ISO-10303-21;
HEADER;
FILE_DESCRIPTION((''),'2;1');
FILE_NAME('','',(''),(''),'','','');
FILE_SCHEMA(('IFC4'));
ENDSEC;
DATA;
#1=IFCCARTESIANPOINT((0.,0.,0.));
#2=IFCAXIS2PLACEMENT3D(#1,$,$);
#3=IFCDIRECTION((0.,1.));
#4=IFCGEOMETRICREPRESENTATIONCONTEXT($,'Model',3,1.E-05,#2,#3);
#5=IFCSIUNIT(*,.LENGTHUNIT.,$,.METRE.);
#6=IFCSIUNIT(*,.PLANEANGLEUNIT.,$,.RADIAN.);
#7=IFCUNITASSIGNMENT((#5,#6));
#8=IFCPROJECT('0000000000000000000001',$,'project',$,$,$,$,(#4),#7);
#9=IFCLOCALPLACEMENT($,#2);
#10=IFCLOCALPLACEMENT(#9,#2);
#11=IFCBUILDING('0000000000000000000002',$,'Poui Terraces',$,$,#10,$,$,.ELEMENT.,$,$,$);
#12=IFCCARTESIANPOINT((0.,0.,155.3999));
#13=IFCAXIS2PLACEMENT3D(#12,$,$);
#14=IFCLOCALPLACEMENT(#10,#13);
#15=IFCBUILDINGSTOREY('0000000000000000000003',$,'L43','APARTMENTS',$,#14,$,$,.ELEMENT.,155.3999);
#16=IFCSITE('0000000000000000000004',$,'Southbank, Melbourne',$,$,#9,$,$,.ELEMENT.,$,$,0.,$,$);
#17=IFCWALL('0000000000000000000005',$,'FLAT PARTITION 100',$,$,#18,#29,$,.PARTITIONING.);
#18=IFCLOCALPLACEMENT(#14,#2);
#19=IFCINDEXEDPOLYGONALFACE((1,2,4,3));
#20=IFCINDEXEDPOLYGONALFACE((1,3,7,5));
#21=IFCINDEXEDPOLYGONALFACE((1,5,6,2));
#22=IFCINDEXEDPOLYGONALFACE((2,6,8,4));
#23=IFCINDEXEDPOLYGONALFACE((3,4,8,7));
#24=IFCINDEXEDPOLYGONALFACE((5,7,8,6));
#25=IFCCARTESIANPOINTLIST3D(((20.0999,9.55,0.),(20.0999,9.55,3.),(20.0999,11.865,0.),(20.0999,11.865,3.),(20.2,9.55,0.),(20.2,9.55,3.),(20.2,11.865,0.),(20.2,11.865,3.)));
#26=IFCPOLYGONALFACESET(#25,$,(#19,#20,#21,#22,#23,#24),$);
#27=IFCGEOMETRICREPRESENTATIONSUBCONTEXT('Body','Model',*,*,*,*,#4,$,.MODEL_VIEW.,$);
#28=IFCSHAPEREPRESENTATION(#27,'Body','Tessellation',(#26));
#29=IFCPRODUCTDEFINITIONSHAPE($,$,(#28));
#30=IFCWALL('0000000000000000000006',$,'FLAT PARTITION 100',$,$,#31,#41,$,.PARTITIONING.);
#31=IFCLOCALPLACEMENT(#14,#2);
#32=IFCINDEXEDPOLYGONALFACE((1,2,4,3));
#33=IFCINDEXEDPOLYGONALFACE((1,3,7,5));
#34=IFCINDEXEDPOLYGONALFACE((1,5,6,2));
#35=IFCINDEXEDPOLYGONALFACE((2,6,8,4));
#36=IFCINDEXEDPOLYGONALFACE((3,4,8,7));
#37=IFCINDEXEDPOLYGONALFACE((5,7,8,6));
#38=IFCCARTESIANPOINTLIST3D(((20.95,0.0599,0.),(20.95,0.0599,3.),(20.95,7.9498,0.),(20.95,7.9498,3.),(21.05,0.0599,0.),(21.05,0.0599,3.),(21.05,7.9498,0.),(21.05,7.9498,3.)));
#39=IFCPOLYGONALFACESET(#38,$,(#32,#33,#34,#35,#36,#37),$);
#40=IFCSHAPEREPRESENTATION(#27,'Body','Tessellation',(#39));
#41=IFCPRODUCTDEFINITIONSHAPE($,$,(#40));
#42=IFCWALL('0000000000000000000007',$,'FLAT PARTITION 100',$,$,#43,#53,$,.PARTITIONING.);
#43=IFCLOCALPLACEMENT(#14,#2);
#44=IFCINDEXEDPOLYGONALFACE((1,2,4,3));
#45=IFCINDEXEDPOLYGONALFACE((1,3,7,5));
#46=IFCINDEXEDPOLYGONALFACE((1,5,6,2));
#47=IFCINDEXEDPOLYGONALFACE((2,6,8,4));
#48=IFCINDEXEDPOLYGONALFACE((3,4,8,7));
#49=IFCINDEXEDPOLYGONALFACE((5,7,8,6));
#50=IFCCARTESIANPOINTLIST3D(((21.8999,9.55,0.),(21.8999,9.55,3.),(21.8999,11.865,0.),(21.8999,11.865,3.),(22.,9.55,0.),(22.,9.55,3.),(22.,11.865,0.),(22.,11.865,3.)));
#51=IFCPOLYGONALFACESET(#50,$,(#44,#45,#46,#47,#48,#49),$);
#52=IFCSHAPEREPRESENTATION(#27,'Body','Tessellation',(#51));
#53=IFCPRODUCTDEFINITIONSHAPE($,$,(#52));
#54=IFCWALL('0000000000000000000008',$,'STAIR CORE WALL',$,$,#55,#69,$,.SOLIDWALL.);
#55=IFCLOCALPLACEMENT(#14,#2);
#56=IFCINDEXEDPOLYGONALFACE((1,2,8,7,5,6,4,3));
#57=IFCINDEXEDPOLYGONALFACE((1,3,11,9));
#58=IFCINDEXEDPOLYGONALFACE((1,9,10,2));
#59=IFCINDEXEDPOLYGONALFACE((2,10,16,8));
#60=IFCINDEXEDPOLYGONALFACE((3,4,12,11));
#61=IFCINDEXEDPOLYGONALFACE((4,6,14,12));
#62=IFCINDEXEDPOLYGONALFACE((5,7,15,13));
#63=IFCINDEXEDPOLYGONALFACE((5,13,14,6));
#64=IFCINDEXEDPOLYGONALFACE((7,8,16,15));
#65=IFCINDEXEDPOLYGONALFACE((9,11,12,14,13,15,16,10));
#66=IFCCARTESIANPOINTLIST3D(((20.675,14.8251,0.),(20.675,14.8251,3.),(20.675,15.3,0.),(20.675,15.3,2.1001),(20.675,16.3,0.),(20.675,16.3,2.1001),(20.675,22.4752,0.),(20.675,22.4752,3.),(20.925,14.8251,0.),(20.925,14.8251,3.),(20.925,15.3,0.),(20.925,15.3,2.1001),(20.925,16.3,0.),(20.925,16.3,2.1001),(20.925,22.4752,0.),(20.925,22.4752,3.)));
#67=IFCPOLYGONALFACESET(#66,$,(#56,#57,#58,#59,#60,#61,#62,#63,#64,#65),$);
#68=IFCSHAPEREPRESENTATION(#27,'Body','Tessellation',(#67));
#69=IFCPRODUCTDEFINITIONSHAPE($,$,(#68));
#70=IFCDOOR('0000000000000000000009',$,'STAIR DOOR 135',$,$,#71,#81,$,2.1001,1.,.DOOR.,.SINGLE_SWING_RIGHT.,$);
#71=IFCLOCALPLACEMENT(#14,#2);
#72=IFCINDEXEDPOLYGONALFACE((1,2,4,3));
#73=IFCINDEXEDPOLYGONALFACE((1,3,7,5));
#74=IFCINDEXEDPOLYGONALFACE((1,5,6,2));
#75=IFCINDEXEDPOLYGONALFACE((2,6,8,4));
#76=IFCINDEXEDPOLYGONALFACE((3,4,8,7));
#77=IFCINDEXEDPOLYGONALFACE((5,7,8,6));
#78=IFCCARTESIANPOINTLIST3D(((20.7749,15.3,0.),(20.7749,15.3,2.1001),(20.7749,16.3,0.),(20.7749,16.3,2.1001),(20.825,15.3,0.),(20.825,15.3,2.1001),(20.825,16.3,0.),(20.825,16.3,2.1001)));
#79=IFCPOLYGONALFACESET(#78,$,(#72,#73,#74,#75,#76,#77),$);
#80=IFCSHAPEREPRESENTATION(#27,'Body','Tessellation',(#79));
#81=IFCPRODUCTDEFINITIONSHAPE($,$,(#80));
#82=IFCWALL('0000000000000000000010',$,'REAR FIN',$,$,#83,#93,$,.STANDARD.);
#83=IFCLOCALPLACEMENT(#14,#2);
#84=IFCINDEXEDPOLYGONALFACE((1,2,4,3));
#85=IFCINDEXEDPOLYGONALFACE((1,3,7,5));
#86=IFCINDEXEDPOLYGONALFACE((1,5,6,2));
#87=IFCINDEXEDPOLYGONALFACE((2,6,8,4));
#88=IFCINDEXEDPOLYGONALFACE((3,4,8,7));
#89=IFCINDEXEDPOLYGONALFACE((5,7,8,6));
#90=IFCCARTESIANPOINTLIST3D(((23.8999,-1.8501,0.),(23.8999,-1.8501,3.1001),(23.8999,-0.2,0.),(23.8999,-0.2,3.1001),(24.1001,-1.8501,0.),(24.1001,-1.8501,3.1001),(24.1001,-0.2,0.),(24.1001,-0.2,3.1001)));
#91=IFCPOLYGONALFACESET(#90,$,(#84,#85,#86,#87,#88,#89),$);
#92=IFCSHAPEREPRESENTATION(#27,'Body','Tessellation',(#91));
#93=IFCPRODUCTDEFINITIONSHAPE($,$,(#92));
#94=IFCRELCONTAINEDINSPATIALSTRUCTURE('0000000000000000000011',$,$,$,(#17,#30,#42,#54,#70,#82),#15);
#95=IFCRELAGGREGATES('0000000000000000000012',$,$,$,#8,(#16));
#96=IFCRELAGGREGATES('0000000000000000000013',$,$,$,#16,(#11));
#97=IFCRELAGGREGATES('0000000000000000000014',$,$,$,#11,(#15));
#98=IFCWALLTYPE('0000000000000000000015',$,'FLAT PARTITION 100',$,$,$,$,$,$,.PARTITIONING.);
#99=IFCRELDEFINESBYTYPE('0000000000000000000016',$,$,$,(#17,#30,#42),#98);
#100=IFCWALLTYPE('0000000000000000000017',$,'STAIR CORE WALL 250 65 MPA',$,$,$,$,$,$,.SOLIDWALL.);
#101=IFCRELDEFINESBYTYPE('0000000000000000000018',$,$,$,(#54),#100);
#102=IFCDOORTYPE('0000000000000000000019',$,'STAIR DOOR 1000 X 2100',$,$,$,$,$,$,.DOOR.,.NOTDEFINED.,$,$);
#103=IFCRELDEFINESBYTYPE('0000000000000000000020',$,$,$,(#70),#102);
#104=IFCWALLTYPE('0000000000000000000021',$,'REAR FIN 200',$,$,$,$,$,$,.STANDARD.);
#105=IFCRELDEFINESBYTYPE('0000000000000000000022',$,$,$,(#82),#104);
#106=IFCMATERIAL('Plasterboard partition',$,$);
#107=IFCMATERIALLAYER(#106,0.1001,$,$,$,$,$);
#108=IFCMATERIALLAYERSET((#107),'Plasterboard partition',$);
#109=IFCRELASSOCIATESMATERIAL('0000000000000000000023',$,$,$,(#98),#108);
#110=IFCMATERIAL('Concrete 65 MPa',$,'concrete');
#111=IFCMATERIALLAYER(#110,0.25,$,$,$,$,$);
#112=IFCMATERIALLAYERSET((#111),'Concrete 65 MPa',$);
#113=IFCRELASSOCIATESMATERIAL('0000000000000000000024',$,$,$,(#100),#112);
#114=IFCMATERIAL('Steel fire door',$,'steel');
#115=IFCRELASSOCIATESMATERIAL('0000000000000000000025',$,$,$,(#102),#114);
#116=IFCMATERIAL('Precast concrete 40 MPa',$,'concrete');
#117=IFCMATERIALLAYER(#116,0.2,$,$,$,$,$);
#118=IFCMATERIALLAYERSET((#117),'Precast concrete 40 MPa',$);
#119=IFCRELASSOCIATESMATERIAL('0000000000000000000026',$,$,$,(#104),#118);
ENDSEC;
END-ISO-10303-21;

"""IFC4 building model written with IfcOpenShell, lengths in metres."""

from ifc_helpers import new_model, si_unit, direction, frame, frame_2d, origin, place, context, subcontext, project, spatial, polyline, rectangle, outline, extrude, source, transform, mapped, material, layer, layer_set, type_object, element, fill, save


model = new_model("IFC4")

# Units and contexts
model_context = context("Model", 3, precision=1e-05, world=origin(), true_north=direction((0.0, 1.0)))
body_context = subcontext(model_context, "Body", "Model", "MODEL_VIEW")
ifc_project = project(units=[si_unit("LENGTHUNIT", "METRE"), si_unit("PLANEANGLEUNIT", "RADIAN")], contexts=[model_context])

# Site, building, storey
site_placement = place(None, origin())
site = spatial("IfcSite", under=ifc_project, at=site_placement, Name="Southbank, Melbourne", CompositionType="ELEMENT", RefElevation=0.0)
building_placement = place(site_placement, origin())
building = spatial("IfcBuilding", under=site, at=building_placement, Name="Poui Terraces", CompositionType="ELEMENT")
storey_placement = place(building_placement, frame((0.0, 0.0, 155.3999)))
storey = spatial("IfcBuildingStorey", under=building, at=storey_placement, Name="L43", Description="APARTMENTS", CompositionType="ELEMENT", Elevation=155.3999)

# Shared definitions
ifc_material_1 = material(Name="Concrete 65 MPa", Category="concrete")

# Shared definitions
ifc_material_2 = material(Name="Steel fire door", Category="steel")

# Shared definitions
ifc_material_3 = material(Name="Plasterboard partition")
ifc_layer_1 = layer(ifc_material_3, 0.1001)
ifc_layer_set_1 = layer_set([ifc_layer_1], Name="Plasterboard partition")
wall_type_1 = type_object("IfcWallType", Name="FLAT PARTITION 100", PredefinedType="PARTITIONING", material=ifc_layer_set_1)

# Walls
wall_1_placement = place(storey_placement, frame((20.1499, 9.55, 0.0), z_axis=(0.0, 0.0, 1.0), x_axis=(0.0, 1.0, 0.0)))
element("IfcWall", 1, at=wall_1_placement, inside=storey, type_object=wall_type_1, Name="FLAT PARTITION 100", PredefinedType="PARTITIONING", context=body_context, shape_type="SweptSolid", body=[
    extrude(rectangle(XDim=2.3149, YDim=0.1001, at=frame_2d((1.1575, 0.0))), origin(), (0.0, 0.0, 1.0), 3.0),
])
wall_2_placement = place(storey_placement, frame((21.0, 0.0601, 0.0), z_axis=(0.0, 0.0, 1.0), x_axis=(0.0, 1.0, 0.0)))
element("IfcWall", 2, at=wall_2_placement, inside=storey, type_object=wall_type_1, Name="FLAT PARTITION 100", PredefinedType="PARTITIONING", context=body_context, shape_type="SweptSolid", body=[
    extrude(rectangle(XDim=7.8899, YDim=0.1001, at=frame_2d((3.9448, 0.0))), origin(), (0.0, 0.0, 1.0), 3.0),
])
wall_3_placement = place(storey_placement, frame((21.95, 9.55, 0.0), z_axis=(0.0, 0.0, 1.0), x_axis=(0.0, 1.0, 0.0)))
element("IfcWall", 3, at=wall_3_placement, inside=storey, type_object=wall_type_1, Name="FLAT PARTITION 100", PredefinedType="PARTITIONING", context=body_context, shape_type="SweptSolid", body=[
    extrude(rectangle(XDim=2.3149, YDim=0.1001, at=frame_2d((1.1575, 0.0))), origin(), (0.0, 0.0, 1.0), 3.0),
])

# Wall, opening, door
ifc_layer_2 = layer(ifc_material_1, 0.25)
ifc_layer_set_2 = layer_set([ifc_layer_2], Name="Concrete 65 MPa")
wall_type_2 = type_object("IfcWallType", Name="STAIR CORE WALL 250 65 MPA", PredefinedType="SOLIDWALL", material=ifc_layer_set_2)
wall_4_placement = place(storey_placement, frame((20.8, 14.825, 0.0), z_axis=(0.0, 0.0, 1.0), x_axis=(0.0, 1.0, 0.0)))
wall_4 = element("IfcWall", 4, at=wall_4_placement, inside=storey, type_object=wall_type_2, Name="STAIR CORE WALL", PredefinedType="SOLIDWALL", context=body_context, shape_type="SweptSolid", body=[
    extrude(rectangle(XDim=7.6501, YDim=0.25, at=frame_2d((3.8252, 0.0))), origin(), (0.0, 0.0, 1.0), 3.0),
])
opening_1_placement = place(wall_4_placement, frame((0.4751, 0.0, 0.0)))
opening_1 = element("IfcOpeningElement", 5, at=opening_1_placement, cuts=wall_4, PredefinedType="OPENING", context=body_context, shape_type="SweptSolid", body=[
    extrude(rectangle(XDim=1.0, YDim=2.1001, at=frame_2d((0.5, 1.05))), frame((0.0, 0.135, 0.0), z_axis=(0.0, -1.0, 0.0), x_axis=(1.0, 0.0, 0.0)), (0.0, 0.0, 1.0), 0.27),
])
door_type_1 = type_object("IfcDoorType", Name="STAIR DOOR 1000 X 2100", OperationType="NOTDEFINED", PredefinedType="DOOR", material=ifc_material_2)
door_1_placement = place(opening_1_placement, frame((1.0, 0.0, 0.0), z_axis=(0.0, 0.0, 1.0), x_axis=(-1.0, 0.0, 0.0)))
door_1 = element("IfcDoor", 6, at=door_1_placement, inside=storey, type_object=door_type_1, Name="STAIR DOOR 135", OperationType="SINGLE_SWING_RIGHT", OverallHeight=2.1001, OverallWidth=1.0, PredefinedType="DOOR", context=body_context, shape_type="SweptSolid", body=[
    extrude(rectangle(XDim=1.0, YDim=2.1001, at=frame_2d((0.5, 1.05))), frame((0.0, 0.0249, 0.0), z_axis=(0.0, -1.0, 0.0), x_axis=(1.0, 0.0, 0.0)), (0.0, 0.0, 1.0), 0.05),
])
fill(opening_1, door_1)

# Wall
ifc_material_4 = material(Name="Precast concrete 40 MPa", Category="concrete")
ifc_layer_3 = layer(ifc_material_4, 0.2)
ifc_layer_set_3 = layer_set([ifc_layer_3], Name="Precast concrete 40 MPa")
wall_type_3 = type_object("IfcWallType", Name="REAR FIN 200", PredefinedType="STANDARD", material=ifc_layer_set_3)
shared_shape_1 = source(origin(), body_context, "Body", "SweptSolid", [
    extrude(outline(polyline([(0.0, 0.0), (0.2002, 0.0), (0.2002, 1.6501), (0.0, 1.6501), (0.0, 0.0)])), origin(), (0.0, 0.0, 1.0), 3.1001),
])
wall_5_placement = place(storey_placement, frame((23.8999, -1.8501, 0.0)))
element("IfcWall", 7, at=wall_5_placement, inside=storey, type_object=wall_type_3, Name="REAR FIN", PredefinedType="STANDARD", context=body_context, shape_type="MappedRepresentation", body=[
    mapped(shared_shape_1, transform((0.0, 0.0, 0.0))),
])

save(model, "model.ifc")
